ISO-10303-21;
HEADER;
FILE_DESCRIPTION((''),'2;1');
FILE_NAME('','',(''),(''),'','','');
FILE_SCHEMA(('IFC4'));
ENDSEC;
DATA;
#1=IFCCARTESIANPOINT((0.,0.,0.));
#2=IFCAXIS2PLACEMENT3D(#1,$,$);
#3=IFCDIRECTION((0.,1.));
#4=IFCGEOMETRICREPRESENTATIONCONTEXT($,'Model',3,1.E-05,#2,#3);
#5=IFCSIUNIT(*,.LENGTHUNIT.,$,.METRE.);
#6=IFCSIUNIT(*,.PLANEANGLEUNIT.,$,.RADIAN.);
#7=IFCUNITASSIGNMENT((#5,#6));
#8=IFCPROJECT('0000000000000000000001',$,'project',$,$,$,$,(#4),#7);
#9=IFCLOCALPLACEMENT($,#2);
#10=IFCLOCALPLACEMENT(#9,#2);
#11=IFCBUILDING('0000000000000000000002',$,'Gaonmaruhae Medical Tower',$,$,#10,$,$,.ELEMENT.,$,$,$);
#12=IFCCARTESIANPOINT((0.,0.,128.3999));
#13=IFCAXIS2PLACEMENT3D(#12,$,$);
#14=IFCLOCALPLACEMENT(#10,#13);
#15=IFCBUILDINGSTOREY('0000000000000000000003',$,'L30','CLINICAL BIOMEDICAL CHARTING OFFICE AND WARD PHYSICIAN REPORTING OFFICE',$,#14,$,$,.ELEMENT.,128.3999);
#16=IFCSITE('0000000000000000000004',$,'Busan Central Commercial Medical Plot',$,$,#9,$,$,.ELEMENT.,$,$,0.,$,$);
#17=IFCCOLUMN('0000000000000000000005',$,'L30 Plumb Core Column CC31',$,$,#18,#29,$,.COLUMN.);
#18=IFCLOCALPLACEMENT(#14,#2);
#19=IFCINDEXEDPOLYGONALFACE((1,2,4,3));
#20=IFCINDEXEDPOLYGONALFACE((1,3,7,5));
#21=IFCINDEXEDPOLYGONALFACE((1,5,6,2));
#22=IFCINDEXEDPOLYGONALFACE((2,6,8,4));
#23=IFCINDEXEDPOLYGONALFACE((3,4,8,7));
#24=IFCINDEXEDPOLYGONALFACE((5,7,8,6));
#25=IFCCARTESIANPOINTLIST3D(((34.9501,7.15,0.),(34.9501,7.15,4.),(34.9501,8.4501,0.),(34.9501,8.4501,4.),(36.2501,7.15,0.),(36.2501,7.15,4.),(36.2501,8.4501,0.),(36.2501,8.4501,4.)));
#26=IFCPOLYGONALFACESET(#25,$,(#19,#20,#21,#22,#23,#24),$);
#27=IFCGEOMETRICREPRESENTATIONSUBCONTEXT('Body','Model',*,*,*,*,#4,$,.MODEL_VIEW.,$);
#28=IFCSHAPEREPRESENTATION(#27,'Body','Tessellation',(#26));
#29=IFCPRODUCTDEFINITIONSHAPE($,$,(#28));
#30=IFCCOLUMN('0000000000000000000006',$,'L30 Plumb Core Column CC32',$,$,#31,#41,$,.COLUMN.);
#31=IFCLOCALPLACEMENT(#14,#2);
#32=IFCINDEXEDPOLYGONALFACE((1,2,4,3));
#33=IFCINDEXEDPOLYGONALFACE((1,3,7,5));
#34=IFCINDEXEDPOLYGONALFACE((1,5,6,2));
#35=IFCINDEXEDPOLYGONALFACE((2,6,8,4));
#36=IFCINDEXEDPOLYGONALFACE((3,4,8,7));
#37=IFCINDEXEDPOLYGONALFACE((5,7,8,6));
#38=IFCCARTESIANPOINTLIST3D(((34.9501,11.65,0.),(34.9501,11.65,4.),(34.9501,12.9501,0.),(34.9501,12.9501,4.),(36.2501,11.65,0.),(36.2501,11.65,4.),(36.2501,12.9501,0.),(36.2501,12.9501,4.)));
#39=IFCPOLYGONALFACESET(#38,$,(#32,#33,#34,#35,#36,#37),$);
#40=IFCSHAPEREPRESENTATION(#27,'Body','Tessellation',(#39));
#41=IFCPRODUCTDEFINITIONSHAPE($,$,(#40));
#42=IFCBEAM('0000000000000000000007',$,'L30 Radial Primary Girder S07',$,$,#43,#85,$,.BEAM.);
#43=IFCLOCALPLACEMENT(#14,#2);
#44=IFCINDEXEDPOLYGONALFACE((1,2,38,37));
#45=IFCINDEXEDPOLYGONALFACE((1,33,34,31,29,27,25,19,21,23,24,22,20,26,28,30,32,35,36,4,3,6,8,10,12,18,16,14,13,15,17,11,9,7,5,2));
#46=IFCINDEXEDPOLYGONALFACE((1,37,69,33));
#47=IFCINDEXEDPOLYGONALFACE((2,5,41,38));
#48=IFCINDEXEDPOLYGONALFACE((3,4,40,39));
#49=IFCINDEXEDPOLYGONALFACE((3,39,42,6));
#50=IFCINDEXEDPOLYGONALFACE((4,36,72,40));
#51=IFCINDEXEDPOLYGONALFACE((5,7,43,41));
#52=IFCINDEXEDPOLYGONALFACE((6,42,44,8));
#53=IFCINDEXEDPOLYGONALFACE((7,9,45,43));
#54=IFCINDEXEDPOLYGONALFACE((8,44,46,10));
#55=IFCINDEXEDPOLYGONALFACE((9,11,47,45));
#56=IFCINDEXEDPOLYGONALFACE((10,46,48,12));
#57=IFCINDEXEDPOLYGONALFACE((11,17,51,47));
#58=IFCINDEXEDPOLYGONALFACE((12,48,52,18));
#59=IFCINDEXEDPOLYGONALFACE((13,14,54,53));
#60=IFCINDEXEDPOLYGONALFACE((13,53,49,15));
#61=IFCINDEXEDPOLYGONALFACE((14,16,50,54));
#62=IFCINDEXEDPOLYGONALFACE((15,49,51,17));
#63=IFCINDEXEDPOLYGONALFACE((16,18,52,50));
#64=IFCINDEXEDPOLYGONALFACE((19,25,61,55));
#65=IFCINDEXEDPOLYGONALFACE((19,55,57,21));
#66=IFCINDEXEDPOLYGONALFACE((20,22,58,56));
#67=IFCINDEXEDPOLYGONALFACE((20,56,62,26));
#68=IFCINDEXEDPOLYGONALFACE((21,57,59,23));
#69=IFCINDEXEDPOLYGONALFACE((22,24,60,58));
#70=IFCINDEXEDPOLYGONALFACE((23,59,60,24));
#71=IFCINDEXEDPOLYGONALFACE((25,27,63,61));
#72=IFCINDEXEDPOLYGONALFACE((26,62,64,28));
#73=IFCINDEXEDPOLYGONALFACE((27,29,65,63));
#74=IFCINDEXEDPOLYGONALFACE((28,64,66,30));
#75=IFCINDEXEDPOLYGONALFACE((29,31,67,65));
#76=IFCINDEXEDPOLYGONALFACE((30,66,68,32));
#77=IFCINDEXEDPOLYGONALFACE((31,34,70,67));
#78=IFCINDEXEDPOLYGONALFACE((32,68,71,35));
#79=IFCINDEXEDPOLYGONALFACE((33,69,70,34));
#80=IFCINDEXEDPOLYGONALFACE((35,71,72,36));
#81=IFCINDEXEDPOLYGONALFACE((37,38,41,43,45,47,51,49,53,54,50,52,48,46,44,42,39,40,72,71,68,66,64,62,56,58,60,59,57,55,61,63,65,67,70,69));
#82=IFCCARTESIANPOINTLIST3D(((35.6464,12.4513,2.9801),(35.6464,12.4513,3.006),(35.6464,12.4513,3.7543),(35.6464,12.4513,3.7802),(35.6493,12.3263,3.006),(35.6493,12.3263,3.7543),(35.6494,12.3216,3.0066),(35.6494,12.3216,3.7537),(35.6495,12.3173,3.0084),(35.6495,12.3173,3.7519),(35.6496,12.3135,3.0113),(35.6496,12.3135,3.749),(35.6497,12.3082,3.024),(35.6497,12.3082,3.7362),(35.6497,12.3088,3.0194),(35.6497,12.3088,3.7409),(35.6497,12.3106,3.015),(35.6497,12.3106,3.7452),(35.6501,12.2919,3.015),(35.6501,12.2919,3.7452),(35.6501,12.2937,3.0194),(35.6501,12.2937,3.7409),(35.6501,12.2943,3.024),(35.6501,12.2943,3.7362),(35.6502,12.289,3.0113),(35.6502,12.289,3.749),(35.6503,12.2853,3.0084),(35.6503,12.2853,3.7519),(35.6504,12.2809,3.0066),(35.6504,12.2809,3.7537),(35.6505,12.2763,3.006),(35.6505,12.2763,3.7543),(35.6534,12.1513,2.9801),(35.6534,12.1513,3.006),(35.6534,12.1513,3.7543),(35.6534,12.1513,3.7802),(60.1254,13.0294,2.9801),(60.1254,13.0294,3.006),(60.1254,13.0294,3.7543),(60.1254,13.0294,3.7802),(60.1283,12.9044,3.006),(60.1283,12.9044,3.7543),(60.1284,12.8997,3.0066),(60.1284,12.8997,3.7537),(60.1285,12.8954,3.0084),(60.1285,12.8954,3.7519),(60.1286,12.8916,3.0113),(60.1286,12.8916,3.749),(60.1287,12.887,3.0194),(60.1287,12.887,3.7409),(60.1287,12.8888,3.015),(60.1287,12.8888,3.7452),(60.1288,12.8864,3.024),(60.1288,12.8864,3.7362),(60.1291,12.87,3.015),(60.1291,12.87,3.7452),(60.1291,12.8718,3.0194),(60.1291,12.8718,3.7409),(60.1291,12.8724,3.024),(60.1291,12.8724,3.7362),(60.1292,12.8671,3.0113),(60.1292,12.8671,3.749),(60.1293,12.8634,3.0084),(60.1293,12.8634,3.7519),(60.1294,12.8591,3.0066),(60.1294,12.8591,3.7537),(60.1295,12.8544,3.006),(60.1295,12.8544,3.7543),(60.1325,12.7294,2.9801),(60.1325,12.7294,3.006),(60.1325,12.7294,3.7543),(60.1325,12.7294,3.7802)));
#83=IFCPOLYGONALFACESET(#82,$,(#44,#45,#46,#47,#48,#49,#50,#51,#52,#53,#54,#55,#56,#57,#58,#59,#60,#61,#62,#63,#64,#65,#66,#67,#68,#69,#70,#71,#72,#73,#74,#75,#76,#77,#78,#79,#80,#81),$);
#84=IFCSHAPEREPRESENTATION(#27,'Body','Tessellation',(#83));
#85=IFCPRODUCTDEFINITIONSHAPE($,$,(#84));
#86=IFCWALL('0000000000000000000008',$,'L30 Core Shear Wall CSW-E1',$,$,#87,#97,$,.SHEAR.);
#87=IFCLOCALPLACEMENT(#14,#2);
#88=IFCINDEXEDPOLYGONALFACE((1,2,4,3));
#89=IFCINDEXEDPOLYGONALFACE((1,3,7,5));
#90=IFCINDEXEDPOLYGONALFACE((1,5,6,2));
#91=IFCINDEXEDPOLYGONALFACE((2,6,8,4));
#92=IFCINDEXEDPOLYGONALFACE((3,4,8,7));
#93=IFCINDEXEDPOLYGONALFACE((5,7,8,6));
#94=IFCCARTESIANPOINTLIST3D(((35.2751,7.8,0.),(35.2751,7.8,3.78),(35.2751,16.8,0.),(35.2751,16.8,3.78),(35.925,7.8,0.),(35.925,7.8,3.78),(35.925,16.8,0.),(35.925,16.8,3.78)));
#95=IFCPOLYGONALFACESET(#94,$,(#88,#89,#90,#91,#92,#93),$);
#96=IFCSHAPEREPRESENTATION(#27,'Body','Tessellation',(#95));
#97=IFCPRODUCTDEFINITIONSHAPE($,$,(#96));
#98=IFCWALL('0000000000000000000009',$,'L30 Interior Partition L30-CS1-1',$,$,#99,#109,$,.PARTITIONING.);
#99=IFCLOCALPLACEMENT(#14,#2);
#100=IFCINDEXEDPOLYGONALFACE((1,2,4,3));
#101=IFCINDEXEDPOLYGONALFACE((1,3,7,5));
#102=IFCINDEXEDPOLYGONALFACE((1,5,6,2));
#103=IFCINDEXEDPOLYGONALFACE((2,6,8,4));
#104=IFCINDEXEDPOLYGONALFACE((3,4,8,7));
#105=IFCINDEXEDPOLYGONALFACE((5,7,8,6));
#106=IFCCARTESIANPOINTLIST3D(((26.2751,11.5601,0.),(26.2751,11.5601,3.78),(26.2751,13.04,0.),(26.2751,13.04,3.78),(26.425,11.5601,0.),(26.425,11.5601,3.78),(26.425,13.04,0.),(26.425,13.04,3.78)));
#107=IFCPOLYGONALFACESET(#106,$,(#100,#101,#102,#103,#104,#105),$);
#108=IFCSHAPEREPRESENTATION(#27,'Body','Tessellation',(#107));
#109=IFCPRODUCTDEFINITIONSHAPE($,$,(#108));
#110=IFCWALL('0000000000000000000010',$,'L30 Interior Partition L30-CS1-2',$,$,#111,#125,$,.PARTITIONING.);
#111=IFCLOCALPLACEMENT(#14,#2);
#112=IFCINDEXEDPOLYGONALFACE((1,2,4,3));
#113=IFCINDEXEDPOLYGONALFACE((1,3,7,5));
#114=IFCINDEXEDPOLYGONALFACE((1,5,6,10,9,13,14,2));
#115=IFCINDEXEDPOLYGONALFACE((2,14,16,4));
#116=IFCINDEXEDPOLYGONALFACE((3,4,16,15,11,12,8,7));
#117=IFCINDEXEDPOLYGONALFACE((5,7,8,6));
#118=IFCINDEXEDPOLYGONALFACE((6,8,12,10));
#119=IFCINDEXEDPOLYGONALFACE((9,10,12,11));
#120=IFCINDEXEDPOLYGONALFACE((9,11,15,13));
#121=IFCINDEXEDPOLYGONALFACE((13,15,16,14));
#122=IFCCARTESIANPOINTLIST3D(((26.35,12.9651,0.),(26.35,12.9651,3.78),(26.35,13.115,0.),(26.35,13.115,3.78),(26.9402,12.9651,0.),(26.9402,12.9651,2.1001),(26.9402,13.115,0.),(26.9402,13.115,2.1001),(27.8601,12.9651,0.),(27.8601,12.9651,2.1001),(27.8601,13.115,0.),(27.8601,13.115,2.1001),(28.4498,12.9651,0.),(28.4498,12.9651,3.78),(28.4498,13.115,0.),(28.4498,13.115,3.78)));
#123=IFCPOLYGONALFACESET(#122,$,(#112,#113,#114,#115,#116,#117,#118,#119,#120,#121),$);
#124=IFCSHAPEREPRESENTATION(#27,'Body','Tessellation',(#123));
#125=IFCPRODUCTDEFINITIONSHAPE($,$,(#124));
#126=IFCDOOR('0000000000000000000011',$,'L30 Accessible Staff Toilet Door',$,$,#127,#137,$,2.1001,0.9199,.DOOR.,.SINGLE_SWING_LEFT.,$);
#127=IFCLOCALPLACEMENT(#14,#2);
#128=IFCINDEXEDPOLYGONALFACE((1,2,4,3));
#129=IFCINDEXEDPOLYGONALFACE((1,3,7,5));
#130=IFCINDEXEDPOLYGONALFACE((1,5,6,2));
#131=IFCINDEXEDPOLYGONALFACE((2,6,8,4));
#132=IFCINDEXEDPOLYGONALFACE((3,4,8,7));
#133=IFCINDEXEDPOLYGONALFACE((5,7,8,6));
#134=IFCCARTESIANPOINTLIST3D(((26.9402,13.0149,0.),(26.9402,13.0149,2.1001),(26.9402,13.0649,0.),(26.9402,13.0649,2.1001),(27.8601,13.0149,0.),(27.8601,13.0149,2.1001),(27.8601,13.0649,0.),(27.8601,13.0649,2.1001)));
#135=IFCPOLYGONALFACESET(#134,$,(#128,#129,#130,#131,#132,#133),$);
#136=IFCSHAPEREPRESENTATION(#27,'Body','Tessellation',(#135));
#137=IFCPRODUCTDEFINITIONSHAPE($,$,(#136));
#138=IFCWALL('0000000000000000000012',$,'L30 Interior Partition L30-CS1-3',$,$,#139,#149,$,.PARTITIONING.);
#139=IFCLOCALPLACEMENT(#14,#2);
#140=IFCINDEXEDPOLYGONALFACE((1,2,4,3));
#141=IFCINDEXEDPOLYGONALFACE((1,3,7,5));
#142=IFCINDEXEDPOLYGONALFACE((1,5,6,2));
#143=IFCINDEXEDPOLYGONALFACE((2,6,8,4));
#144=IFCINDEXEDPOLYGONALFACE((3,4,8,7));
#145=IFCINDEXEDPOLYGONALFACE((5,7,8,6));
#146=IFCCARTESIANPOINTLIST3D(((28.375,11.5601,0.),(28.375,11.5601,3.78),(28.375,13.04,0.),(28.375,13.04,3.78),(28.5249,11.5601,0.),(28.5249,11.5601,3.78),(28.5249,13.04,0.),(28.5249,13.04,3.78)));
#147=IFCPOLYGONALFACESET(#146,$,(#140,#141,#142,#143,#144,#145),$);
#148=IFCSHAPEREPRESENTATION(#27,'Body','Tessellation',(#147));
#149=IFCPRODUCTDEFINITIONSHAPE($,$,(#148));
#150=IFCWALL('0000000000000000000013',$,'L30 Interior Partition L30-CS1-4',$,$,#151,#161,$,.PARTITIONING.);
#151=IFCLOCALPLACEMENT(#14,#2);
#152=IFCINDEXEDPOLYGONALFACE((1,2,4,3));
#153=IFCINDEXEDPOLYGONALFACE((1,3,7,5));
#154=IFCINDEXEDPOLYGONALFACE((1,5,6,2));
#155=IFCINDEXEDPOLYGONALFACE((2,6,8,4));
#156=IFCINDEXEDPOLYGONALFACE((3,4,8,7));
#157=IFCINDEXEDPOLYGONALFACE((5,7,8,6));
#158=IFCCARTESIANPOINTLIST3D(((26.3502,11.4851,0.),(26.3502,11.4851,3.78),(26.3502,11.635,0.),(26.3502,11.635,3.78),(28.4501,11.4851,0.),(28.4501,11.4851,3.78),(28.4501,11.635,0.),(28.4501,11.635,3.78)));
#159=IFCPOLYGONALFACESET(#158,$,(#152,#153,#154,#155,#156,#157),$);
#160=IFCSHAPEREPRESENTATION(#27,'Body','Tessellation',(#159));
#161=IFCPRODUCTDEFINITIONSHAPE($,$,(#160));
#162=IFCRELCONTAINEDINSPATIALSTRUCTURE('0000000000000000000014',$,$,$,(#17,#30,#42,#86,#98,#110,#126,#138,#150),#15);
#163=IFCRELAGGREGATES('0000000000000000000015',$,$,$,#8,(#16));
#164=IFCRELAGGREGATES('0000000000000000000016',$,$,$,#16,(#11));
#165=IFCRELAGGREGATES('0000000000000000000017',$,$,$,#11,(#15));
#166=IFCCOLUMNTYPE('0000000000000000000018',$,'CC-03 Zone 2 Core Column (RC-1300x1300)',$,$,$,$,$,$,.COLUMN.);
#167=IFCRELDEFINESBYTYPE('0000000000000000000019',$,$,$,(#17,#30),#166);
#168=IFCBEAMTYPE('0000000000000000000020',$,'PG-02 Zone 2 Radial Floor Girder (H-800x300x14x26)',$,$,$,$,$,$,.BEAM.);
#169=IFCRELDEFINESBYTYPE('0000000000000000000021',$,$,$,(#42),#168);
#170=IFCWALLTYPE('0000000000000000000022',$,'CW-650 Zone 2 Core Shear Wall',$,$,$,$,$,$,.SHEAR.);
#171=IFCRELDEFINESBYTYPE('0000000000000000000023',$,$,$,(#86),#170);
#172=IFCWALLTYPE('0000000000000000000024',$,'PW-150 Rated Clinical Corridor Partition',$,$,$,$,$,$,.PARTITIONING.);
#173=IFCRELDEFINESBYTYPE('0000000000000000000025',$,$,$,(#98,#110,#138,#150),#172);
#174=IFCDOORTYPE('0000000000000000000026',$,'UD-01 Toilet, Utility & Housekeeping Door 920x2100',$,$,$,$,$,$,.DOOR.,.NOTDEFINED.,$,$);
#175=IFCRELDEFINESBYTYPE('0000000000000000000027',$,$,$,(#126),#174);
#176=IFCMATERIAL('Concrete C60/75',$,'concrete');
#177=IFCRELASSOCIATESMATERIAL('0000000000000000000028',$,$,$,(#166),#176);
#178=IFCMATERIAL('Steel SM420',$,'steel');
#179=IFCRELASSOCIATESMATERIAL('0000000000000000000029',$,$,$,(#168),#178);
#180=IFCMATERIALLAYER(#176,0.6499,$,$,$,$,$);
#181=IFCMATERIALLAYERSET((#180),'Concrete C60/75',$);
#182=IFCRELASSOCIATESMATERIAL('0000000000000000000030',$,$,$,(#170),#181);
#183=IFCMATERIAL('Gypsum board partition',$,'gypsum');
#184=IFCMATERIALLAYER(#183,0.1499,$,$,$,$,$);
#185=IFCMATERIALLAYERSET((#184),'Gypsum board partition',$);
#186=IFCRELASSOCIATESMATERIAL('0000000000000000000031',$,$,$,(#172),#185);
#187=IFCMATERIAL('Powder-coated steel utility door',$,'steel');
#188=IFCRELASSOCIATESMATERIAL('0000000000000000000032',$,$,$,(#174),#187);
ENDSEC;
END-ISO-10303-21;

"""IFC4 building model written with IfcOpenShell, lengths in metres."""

from ifc_helpers import new_model, si_unit, direction, frame, frame_2d, origin, origin_2d, place, context, subcontext, project, spatial, rectangle, i_section, extrude, material, layer, layer_set, material_profile, profile_set, type_object, element, fill, save


model = new_model("IFC4")

# Units and contexts
model_context = context("Model", 3, precision=1e-05, world=origin(), true_north=direction((0.0, 1.0)))
body_context = subcontext(model_context, "Body", "Model", "MODEL_VIEW")
ifc_project = project(units=[si_unit("LENGTHUNIT", "METRE"), si_unit("PLANEANGLEUNIT", "RADIAN")], contexts=[model_context])

# Site, building, storey
site_placement = place(None, origin())
site = spatial("IfcSite", under=ifc_project, at=site_placement, Name="Busan Central Commercial Medical Plot", CompositionType="ELEMENT", RefElevation=0.0)
building_placement = place(site_placement, origin())
building = spatial("IfcBuilding", under=site, at=building_placement, Name="Gaonmaruhae Medical Tower", CompositionType="ELEMENT")
storey_placement = place(building_placement, frame((0.0, 0.0, 128.3999)))
storey = spatial("IfcBuildingStorey", under=building, at=storey_placement, Name="L30", Description="CLINICAL BIOMEDICAL CHARTING OFFICE AND WARD PHYSICIAN REPORTING OFFICE", CompositionType="ELEMENT", Elevation=128.3999)

# Columns
ifc_material_1 = material(Name="Concrete C60/75", Category="concrete")
ifc_material_profile_1 = material_profile(ifc_material_1, rectangle(XDim=1.3, YDim=1.3, at=origin_2d()), Name="RC-1300x1300")
ifc_profile_set_1 = profile_set([ifc_material_profile_1], Name="Concrete C60/75")
column_type = type_object("IfcColumnType", Name="CC-03 Zone 2 Core Column (RC-1300x1300)", PredefinedType="COLUMN", material=ifc_profile_set_1)
for number, where, z_axis, x_axis, name in (
    (1, (35.6001, 7.8, 0.0), (0.0, 0.0, 1.0), (1.0, 0.0, 0.0), "L30 Plumb Core Column CC31"),
    (2, (35.6001, 12.3, 0.0), (0.0, 0.0, 1.0), (1.0, 0.0, 0.0), "L30 Plumb Core Column CC32"),
):
    element("IfcColumn", number, at=place(storey_placement, frame(where, z_axis=z_axis, x_axis=x_axis)), inside=storey, type_object=column_type, Name=name, PredefinedType="COLUMN", context=body_context, shape_type="SweptSolid", body=[
        extrude(rectangle(XDim=1.3, YDim=1.3, at=origin_2d()), origin(), (0.0, 0.0, 1.0), 4.0),
    ])

# Beam
ifc_material_2 = material(Name="Steel SM420", Category="steel")
ifc_material_profile_2 = material_profile(ifc_material_2, i_section(OverallWidth=0.3, OverallDepth=0.8, WebThickness=0.0139, FlangeThickness=0.0259, FilletRadius=0.0181, at=origin_2d()), Name="H-800x300x14x26")
ifc_profile_set_2 = profile_set([ifc_material_profile_2], Name="Steel SM420")
beam_type = type_object("IfcBeamType", Name="PG-02 Zone 2 Radial Floor Girder (H-800x300x14x26)", PredefinedType="BEAM", material=ifc_profile_set_2)
beam_placement = place(storey_placement, frame((35.6499, 12.3013, 3.3801), z_axis=(0.999721, 0.023611, 0.0), x_axis=(-0.023611, 0.999721, 0.0)))
element("IfcBeam", 3, at=beam_placement, inside=storey, type_object=beam_type, Name="L30 Radial Primary Girder S07", PredefinedType="BEAM", context=body_context, shape_type="SweptSolid", body=[
    extrude(i_section(OverallWidth=0.3, OverallDepth=0.8, WebThickness=0.0139, FlangeThickness=0.0259, FilletRadius=0.0181, at=origin_2d()), origin(), (0.0, 0.0, 1.0), 24.4858),
])

# Walls
ifc_layer_1 = layer(ifc_material_1, 0.6499)
ifc_layer_set_1 = layer_set([ifc_layer_1], Name="Concrete C60/75")
wall_type_1 = type_object("IfcWallType", Name="CW-650 Zone 2 Core Shear Wall", PredefinedType="SHEAR", material=ifc_layer_set_1)
wall_1_placement = place(storey_placement, frame((35.6001, 7.8, 0.0), z_axis=(0.0, 0.0, 1.0), x_axis=(0.0, 1.0, 0.0)))
element("IfcWall", 4, at=wall_1_placement, inside=storey, type_object=wall_type_1, Name="L30 Core Shear Wall CSW-E1", PredefinedType="SHEAR", context=body_context, shape_type="SweptSolid", body=[
    extrude(rectangle(XDim=9.0, YDim=0.6499, at=frame_2d((4.5, 0.0))), origin(), (0.0, 0.0, 1.0), 3.78),
])
ifc_material_3 = material(Name="Gypsum board partition", Category="gypsum")
ifc_layer_2 = layer(ifc_material_3, 0.1499)
ifc_layer_set_2 = layer_set([ifc_layer_2], Name="Gypsum board partition")
wall_type_2 = type_object("IfcWallType", Name="PW-150 Rated Clinical Corridor Partition", PredefinedType="PARTITIONING", material=ifc_layer_set_2)
wall_2_placement = place(storey_placement, frame((26.3501, 11.5601, 0.0), z_axis=(0.0, 0.0, 1.0), x_axis=(0.0, 1.0, 0.0)))
element("IfcWall", 5, at=wall_2_placement, inside=storey, type_object=wall_type_2, Name="L30 Interior Partition L30-CS1-1", PredefinedType="PARTITIONING", context=body_context, shape_type="SweptSolid", body=[
    extrude(rectangle(XDim=1.48, YDim=0.1499, at=frame_2d((0.74, 0.0))), origin(), (0.0, 0.0, 1.0), 3.78),
])

# Wall, opening, door
wall_3_placement = place(storey_placement, frame((26.3501, 13.04, 0.0), z_axis=(0.0, 0.0, 1.0), x_axis=(1.0, 0.0, 0.0)))
wall_3 = element("IfcWall", 6, at=wall_3_placement, inside=storey, type_object=wall_type_2, Name="L30 Interior Partition L30-CS1-2", PredefinedType="PARTITIONING", context=body_context, shape_type="SweptSolid", body=[
    extrude(rectangle(XDim=2.0999, YDim=0.1499, at=frame_2d((1.0498, 0.0))), origin(), (0.0, 0.0, 1.0), 3.78),
])
opening_1_placement = place(wall_3_placement, frame((0.5901, 0.0, 0.0)))
opening_1 = element("IfcOpeningElement", 7, at=opening_1_placement, cuts=wall_3, PredefinedType="OPENING", context=body_context, shape_type="SweptSolid", body=[
    extrude(rectangle(XDim=0.9199, YDim=2.1001, at=frame_2d((0.46, 1.05))), frame((0.0, 0.085, 0.0), z_axis=(0.0, -1.0, 0.0), x_axis=(1.0, 0.0, 0.0)), (0.0, 0.0, 1.0), 0.1699),
])
ifc_material_4 = material(Name="Powder-coated steel utility door", Category="steel")
door_type_1 = type_object("IfcDoorType", Name="UD-01 Toilet, Utility & Housekeeping Door 920x2100", OperationType="NOTDEFINED", PredefinedType="DOOR", material=ifc_material_4)
door_1_placement = place(opening_1_placement, origin())
door_1 = element("IfcDoor", 8, at=door_1_placement, inside=storey, type_object=door_type_1, Name="L30 Accessible Staff Toilet Door", OperationType="SINGLE_SWING_LEFT", OverallHeight=2.1001, OverallWidth=0.9199, PredefinedType="DOOR", context=body_context, shape_type="SweptSolid", body=[
    extrude(rectangle(XDim=0.9199, YDim=2.1001, at=frame_2d((0.46, 1.05))), frame((0.0, 0.0249, 0.0), z_axis=(0.0, -1.0, 0.0), x_axis=(1.0, 0.0, 0.0)), (0.0, 0.0, 1.0), 0.05),
])
fill(opening_1, door_1)

# Walls
wall_4_placement = place(storey_placement, frame((28.45, 13.04, 0.0), z_axis=(0.0, 0.0, 1.0), x_axis=(0.0, -1.0, 0.0)))
element("IfcWall", 9, at=wall_4_placement, inside=storey, type_object=wall_type_2, Name="L30 Interior Partition L30-CS1-3", PredefinedType="PARTITIONING", context=body_context, shape_type="SweptSolid", body=[
    extrude(rectangle(XDim=1.48, YDim=0.1499, at=frame_2d((0.74, 0.0))), origin(), (0.0, 0.0, 1.0), 3.78),
])
wall_5_placement = place(storey_placement, frame((28.45, 11.5601, 0.0), z_axis=(0.0, 0.0, 1.0), x_axis=(-1.0, 0.0, 0.0)))
element("IfcWall", 10, at=wall_5_placement, inside=storey, type_object=wall_type_2, Name="L30 Interior Partition L30-CS1-4", PredefinedType="PARTITIONING", context=body_context, shape_type="SweptSolid", body=[
    extrude(rectangle(XDim=2.0999, YDim=0.1499, at=frame_2d((1.0498, 0.0))), origin(), (0.0, 0.0, 1.0), 3.78),
])

save(model, "model.ifc")
